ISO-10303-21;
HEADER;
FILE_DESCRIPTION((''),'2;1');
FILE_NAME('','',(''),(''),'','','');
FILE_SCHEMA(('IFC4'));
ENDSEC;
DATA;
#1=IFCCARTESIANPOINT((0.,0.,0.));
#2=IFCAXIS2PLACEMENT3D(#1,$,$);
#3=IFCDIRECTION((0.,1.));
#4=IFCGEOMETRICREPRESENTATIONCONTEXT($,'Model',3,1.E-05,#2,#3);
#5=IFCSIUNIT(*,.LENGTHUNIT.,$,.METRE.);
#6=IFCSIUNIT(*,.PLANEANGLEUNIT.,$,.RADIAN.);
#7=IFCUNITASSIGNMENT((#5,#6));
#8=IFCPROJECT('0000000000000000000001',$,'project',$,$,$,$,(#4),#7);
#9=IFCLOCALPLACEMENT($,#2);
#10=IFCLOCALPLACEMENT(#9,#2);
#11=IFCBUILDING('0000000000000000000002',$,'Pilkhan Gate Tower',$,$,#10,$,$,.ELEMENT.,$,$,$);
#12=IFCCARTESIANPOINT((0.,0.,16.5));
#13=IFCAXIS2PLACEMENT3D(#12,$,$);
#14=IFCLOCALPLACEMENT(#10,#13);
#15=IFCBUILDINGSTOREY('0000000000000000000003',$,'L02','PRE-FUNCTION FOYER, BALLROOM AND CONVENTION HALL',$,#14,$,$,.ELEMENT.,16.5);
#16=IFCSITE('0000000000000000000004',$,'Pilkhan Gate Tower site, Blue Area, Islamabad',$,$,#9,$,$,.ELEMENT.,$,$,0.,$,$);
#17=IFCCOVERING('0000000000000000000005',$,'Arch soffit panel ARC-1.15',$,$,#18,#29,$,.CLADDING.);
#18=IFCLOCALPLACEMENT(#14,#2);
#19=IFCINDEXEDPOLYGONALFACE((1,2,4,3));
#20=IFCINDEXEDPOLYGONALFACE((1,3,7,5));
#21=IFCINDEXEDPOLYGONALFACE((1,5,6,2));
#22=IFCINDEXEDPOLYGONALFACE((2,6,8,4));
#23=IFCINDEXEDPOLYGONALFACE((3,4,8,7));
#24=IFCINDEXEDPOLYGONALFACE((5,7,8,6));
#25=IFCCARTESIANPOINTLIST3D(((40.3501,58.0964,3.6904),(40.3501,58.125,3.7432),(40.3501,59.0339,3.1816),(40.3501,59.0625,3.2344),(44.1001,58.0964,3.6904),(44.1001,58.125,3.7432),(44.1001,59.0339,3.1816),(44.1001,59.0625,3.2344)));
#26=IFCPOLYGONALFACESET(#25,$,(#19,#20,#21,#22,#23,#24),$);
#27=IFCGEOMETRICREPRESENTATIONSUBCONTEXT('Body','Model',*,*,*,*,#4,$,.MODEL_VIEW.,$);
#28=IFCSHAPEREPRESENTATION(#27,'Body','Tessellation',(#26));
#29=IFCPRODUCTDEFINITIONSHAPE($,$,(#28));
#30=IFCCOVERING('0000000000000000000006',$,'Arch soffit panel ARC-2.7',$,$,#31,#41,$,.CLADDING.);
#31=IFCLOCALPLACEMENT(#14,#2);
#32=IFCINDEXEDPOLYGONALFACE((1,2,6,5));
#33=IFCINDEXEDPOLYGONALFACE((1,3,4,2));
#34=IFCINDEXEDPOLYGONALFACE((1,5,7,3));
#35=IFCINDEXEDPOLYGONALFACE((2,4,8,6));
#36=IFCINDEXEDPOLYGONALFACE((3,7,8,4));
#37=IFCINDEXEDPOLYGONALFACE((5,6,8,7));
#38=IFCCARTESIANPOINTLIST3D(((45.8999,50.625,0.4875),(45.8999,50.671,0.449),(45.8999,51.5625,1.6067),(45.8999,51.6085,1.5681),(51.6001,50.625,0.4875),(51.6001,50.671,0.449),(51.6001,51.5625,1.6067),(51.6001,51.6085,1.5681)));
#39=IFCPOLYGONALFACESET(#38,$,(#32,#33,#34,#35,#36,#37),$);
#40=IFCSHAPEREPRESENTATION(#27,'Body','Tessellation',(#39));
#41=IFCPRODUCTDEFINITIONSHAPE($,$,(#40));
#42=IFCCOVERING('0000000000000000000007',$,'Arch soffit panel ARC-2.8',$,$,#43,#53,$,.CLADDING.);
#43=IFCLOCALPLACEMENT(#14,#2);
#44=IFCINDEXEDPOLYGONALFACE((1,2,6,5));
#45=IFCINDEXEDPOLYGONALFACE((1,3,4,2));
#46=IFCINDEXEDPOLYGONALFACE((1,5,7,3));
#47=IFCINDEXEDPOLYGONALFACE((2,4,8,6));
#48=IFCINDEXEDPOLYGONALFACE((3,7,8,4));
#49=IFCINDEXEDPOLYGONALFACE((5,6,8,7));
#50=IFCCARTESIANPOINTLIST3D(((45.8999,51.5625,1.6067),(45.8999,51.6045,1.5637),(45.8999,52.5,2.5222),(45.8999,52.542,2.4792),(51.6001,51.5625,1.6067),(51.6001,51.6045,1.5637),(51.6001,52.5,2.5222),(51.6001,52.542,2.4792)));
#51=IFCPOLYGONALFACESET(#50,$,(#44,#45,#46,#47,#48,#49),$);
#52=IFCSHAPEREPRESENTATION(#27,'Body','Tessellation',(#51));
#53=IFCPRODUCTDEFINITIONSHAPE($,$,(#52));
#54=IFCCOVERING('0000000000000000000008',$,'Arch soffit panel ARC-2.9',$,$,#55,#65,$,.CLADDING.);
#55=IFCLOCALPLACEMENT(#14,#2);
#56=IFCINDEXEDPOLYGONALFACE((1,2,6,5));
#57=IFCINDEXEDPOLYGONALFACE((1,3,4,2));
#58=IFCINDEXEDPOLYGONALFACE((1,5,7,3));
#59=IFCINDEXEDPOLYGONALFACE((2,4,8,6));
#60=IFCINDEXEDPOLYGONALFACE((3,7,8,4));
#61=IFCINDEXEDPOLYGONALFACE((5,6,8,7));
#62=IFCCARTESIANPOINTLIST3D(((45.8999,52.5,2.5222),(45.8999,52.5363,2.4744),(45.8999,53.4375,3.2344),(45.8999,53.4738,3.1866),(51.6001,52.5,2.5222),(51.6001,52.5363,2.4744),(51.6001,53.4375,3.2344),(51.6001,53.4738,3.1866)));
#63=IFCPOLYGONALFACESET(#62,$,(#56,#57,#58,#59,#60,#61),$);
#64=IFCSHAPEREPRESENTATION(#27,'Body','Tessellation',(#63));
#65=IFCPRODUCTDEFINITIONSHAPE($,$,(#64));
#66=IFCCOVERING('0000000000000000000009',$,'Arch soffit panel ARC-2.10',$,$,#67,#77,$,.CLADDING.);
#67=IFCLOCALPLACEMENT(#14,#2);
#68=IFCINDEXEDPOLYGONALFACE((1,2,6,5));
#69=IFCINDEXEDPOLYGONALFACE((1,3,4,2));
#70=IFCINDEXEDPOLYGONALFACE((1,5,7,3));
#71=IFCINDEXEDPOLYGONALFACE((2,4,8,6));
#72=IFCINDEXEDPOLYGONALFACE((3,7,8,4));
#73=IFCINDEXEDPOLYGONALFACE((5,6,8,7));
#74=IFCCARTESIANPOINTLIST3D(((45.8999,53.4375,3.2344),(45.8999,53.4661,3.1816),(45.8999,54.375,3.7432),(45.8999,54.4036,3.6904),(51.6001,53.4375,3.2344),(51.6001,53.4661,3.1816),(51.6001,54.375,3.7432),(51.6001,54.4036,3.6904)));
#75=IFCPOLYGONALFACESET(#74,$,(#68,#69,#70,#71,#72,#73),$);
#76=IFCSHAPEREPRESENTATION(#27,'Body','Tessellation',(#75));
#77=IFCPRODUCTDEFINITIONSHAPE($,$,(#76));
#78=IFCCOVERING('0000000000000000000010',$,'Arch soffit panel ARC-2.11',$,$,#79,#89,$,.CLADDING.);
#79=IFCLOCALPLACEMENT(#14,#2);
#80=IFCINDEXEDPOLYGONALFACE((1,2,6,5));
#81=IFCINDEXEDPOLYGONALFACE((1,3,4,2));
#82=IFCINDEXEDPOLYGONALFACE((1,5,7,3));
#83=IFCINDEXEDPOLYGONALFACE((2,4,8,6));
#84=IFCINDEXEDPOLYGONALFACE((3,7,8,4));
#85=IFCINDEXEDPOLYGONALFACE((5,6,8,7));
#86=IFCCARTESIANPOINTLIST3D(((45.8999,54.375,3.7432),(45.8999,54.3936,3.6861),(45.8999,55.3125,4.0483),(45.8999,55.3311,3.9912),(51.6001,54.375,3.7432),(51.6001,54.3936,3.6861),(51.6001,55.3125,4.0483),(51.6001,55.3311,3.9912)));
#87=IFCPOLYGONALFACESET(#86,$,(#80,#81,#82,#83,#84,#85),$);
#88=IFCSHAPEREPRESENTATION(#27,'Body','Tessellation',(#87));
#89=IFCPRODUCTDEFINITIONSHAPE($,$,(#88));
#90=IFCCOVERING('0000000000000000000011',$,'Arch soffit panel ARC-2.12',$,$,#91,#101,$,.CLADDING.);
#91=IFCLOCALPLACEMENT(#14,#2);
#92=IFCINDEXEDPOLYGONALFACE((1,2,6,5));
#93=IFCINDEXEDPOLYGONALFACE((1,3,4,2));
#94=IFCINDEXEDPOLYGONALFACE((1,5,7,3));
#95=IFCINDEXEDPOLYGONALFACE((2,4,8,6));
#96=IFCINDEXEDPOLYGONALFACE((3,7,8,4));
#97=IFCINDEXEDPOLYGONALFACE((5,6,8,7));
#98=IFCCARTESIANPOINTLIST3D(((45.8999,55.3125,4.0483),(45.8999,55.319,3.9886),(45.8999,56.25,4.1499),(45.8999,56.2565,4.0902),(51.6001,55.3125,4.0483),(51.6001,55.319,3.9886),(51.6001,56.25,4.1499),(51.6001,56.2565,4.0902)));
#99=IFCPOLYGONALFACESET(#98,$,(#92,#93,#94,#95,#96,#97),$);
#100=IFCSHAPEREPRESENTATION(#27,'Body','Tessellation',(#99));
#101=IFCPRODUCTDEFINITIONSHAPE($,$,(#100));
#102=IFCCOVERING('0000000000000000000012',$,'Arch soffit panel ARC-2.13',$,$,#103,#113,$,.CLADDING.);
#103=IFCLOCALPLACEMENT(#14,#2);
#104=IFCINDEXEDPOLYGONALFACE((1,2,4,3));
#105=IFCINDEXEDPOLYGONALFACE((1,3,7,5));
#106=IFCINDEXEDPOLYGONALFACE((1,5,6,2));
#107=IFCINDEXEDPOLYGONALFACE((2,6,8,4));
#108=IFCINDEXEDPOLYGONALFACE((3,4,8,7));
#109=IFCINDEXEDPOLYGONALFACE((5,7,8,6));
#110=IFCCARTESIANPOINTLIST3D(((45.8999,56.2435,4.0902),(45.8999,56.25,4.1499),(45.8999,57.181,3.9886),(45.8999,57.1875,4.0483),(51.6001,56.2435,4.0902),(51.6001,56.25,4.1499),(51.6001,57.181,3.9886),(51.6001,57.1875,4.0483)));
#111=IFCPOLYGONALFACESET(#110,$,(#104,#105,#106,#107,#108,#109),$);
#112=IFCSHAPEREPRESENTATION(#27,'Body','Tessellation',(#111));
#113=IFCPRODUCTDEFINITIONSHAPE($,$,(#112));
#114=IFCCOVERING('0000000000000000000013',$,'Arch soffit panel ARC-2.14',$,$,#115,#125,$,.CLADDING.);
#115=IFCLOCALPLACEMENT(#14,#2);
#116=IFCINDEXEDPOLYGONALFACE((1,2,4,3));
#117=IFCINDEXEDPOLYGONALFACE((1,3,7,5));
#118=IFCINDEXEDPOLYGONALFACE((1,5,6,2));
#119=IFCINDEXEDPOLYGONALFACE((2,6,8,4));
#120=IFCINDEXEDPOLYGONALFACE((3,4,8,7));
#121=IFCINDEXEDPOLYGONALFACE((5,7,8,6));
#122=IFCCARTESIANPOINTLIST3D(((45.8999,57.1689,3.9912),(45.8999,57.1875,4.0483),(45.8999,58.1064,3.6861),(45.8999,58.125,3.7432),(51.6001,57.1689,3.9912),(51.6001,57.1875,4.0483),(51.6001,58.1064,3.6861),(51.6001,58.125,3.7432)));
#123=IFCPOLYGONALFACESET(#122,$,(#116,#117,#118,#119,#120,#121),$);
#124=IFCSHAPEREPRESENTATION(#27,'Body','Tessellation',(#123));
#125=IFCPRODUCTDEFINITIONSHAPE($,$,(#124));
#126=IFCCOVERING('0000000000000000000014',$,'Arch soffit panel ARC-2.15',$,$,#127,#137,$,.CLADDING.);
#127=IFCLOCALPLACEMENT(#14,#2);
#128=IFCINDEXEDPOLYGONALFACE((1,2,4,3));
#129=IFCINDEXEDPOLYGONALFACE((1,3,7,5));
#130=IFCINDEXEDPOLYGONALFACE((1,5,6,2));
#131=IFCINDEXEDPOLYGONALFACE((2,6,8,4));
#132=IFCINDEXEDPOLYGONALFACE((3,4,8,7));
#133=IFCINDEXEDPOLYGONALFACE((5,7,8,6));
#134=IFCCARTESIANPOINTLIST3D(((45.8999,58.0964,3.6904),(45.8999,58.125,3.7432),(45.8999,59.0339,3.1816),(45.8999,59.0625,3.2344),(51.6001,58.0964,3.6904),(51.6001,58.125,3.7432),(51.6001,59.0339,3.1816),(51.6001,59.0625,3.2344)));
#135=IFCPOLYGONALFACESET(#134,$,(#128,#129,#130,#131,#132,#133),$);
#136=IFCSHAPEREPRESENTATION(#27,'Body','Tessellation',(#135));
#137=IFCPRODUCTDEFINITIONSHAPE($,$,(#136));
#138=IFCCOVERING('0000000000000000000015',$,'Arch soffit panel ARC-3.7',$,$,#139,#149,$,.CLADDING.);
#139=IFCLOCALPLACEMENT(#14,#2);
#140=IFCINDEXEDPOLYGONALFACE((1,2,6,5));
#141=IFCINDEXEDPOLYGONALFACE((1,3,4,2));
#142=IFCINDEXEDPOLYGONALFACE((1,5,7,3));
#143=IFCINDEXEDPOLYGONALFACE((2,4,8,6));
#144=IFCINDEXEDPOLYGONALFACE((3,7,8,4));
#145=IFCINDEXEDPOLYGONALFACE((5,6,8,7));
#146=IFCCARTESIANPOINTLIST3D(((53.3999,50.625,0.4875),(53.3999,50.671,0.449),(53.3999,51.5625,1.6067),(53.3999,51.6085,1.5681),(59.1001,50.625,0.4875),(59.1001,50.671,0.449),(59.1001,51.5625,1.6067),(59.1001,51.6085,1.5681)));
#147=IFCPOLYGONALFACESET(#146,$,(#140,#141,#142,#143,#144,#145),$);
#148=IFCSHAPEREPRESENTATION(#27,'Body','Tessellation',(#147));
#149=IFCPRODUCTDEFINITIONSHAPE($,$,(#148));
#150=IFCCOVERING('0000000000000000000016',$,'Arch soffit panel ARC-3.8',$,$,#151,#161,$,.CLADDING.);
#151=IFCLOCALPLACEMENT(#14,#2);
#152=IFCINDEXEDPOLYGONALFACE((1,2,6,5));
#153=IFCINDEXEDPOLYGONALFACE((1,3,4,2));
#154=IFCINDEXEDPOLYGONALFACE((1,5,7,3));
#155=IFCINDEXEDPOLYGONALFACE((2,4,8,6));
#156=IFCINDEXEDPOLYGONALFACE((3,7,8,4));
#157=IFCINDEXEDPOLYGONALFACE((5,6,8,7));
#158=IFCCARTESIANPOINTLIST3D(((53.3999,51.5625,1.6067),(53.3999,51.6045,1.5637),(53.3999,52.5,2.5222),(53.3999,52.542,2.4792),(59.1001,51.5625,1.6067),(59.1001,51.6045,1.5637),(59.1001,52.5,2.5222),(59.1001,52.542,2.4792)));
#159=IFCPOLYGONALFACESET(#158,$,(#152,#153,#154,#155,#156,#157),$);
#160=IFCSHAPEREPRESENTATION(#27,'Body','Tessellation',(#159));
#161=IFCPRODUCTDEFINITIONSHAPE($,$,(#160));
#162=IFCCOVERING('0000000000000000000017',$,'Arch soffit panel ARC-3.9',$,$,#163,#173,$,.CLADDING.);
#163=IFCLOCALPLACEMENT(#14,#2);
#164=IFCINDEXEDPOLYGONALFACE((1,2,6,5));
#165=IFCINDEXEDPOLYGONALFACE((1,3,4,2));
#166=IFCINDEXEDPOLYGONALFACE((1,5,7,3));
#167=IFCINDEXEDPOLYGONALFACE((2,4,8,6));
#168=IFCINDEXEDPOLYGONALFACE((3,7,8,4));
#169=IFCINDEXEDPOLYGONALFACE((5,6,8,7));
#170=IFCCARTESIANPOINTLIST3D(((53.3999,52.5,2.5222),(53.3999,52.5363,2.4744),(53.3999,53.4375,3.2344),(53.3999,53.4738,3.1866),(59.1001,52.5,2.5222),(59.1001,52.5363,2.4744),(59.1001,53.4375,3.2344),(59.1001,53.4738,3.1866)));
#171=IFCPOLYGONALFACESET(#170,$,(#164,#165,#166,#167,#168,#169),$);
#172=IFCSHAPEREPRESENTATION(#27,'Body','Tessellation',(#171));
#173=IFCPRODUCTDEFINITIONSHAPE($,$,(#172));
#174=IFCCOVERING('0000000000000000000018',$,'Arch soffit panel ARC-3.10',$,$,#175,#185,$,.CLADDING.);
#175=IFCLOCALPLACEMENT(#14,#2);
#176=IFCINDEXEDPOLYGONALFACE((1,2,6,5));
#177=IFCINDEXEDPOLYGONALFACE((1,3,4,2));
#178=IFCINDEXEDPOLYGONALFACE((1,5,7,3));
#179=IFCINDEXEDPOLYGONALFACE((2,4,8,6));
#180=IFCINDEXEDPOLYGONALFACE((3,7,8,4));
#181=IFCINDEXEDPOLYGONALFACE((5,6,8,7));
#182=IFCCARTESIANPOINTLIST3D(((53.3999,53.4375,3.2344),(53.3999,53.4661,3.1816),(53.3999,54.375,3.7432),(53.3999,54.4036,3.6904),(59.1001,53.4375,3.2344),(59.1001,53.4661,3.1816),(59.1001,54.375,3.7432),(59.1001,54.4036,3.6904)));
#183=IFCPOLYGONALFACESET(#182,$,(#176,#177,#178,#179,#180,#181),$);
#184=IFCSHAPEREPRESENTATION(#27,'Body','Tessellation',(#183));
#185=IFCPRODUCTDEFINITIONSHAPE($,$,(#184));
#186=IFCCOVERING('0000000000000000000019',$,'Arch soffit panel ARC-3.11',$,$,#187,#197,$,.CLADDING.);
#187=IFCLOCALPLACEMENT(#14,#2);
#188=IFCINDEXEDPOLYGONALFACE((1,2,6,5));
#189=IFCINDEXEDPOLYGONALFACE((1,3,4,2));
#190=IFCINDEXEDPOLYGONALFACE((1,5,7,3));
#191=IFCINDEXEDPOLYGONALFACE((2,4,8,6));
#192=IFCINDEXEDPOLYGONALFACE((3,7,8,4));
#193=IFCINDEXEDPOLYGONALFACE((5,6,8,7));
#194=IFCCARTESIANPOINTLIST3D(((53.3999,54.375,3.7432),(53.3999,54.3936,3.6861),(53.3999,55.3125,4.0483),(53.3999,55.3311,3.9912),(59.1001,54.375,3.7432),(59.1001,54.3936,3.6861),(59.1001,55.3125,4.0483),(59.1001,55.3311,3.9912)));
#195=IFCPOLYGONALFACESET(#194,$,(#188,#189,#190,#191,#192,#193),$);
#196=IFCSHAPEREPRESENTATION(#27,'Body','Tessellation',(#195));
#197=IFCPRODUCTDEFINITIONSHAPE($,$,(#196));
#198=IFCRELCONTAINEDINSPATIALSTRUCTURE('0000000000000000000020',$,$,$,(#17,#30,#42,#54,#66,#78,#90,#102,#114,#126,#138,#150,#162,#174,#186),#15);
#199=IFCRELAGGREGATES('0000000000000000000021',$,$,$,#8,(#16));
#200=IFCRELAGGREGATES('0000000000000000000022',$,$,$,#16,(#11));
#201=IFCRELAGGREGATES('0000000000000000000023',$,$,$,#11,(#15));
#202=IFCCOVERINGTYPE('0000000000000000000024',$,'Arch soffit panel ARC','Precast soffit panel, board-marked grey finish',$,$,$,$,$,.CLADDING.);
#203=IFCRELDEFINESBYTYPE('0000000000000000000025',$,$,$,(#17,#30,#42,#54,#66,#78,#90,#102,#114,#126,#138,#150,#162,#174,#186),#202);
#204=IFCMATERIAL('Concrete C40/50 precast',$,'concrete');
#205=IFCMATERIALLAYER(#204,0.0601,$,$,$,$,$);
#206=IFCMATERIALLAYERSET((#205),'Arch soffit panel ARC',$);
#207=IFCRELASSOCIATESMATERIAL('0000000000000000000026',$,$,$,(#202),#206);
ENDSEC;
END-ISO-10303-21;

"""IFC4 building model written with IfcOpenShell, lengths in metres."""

from ifc_helpers import new_model, si_unit, direction, frame, origin, place, context, subcontext, project, spatial, polyline, outline, extrude, material, layer, layer_set, type_object, element, save


model = new_model("IFC4")

# Units and contexts
model_context = context("Model", 3, precision=1e-05, world=origin(), true_north=direction((0.0, 1.0)))
body_context = subcontext(model_context, "Body", "Model", "MODEL_VIEW")
ifc_project = project(units=[si_unit("LENGTHUNIT", "METRE"), si_unit("PLANEANGLEUNIT", "RADIAN")], contexts=[model_context])

# Site, building, storey
site_placement = place(None, origin())
site = spatial("IfcSite", under=ifc_project, at=site_placement, Name="Pilkhan Gate Tower site, Blue Area, Islamabad", CompositionType="ELEMENT", RefElevation=0.0)
building_placement = place(site_placement, origin())
building = spatial("IfcBuilding", under=site, at=building_placement, Name="Pilkhan Gate Tower", CompositionType="ELEMENT")
storey_placement = place(building_placement, frame((0.0, 0.0, 16.5)))
storey = spatial("IfcBuildingStorey", under=building, at=storey_placement, Name="L02", Description="PRE-FUNCTION FOYER, BALLROOM AND CONVENTION HALL", CompositionType="ELEMENT", Elevation=16.5)

# Coverings
ifc_material = material(Name="Concrete C40/50 precast", Category="concrete")
ifc_layer = layer(ifc_material, 0.0601)
ifc_layer_set = layer_set([ifc_layer], Name="Arch soffit panel ARC")
covering_type = type_object("IfcCoveringType", Name="Arch soffit panel ARC", Description="Precast soffit panel, board-marked grey finish", PredefinedType="CLADDING", material=ifc_layer_set)
covering_1_placement = place(storey_placement, frame((40.3501, 58.125, 3.7432), z_axis=(0.0, 0.476991, 0.878908), x_axis=(1.0, 0.0, 0.0)))
element("IfcCovering", 1, at=covering_1_placement, inside=storey, type_object=covering_type, Name="Arch soffit panel ARC-1.15", PredefinedType="CLADDING", context=body_context, shape_type="SweptSolid", body=[
    extrude(outline(polyline([(0.0, 0.0), (3.75, 0.0), (3.75, 1.0667), (0.0, 1.0667), (0.0, 0.0)])), origin(), (0.0, 0.0, -1.0), 0.0601),
])
covering_2_placement = place(storey_placement, frame((45.8999, 50.625, 0.4875), z_axis=(0.0, -0.766574, 0.642156), x_axis=(1.0, 0.0, 0.0)))
element("IfcCovering", 2, at=covering_2_placement, inside=storey, type_object=covering_type, Name="Arch soffit panel ARC-2.7", PredefinedType="CLADDING", context=body_context, shape_type="SweptSolid", body=[
    extrude(outline(polyline([(0.0, 0.0), (5.7002, 0.0), (5.7002, 1.4599), (0.0, 1.4599), (0.0, 0.0)])), origin(), (0.0, 0.0, -1.0), 0.0601),
])
covering_3_placement = place(storey_placement, frame((45.8999, 51.5625, 1.6067), z_axis=(0.0, -0.698673, 0.715441), x_axis=(1.0, 0.0, 0.0)))
element("IfcCovering", 3, at=covering_3_placement, inside=storey, type_object=covering_type, Name="Arch soffit panel ARC-2.8", PredefinedType="CLADDING", context=body_context, shape_type="SweptSolid", body=[
    extrude(outline(polyline([(0.0, 0.0), (5.7002, 0.0), (5.7002, 1.3104), (0.0, 1.3104), (0.0, 0.0)])), origin(), (0.0, 0.0, -1.0), 0.0601),
])
covering_4_placement = place(storey_placement, frame((45.8999, 52.5, 2.5222), z_axis=(0.0, -0.604899, 0.796302), x_axis=(1.0, 0.0, 0.0)))
element("IfcCovering", 4, at=covering_4_placement, inside=storey, type_object=covering_type, Name="Arch soffit panel ARC-2.9", PredefinedType="CLADDING", context=body_context, shape_type="SweptSolid", body=[
    extrude(outline(polyline([(0.0, 0.0), (5.7002, 0.0), (5.7002, 1.1773), (0.0, 1.1773), (0.0, 0.0)])), origin(), (0.0, 0.0, -1.0), 0.0601),
])
covering_5_placement = place(storey_placement, frame((45.8999, 53.4375, 3.2344), z_axis=(0.0, -0.476991, 0.878908), x_axis=(1.0, 0.0, 0.0)))
element("IfcCovering", 5, at=covering_5_placement, inside=storey, type_object=covering_type, Name="Arch soffit panel ARC-2.10", PredefinedType="CLADDING", context=body_context, shape_type="SweptSolid", body=[
    extrude(outline(polyline([(0.0, 0.0), (5.7002, 0.0), (5.7002, 1.0667), (0.0, 1.0667), (0.0, 0.0)])), origin(), (0.0, 0.0, -1.0), 0.0601),
])
covering_6_placement = place(storey_placement, frame((45.8999, 54.375, 3.7432), z_axis=(0.0, -0.309534, 0.950888), x_axis=(1.0, 0.0, 0.0)))
element("IfcCovering", 6, at=covering_6_placement, inside=storey, type_object=covering_type, Name="Arch soffit panel ARC-2.11", PredefinedType="CLADDING", context=body_context, shape_type="SweptSolid", body=[
    extrude(outline(polyline([(0.0, 0.0), (5.7002, 0.0), (5.7002, 0.9859), (0.0, 0.9859), (0.0, 0.0)])), origin(), (0.0, 0.0, -1.0), 0.0601),
])
for number, where, z_axis, x_axis, name in (
    (7, (45.8999, 55.3125, 4.0483), (0.0, -0.107703, 0.994183), (1.0, 0.0, 0.0), "Arch soffit panel ARC-2.12"),
    (8, (45.8999, 56.25, 4.1499), (0.0, 0.107703, 0.994183), (1.0, 0.0, 0.0), "Arch soffit panel ARC-2.13"),
):
    element("IfcCovering", number, at=place(storey_placement, frame(where, z_axis=z_axis, x_axis=x_axis)), inside=storey, type_object=covering_type, Name=name, PredefinedType="CLADDING", context=body_context, shape_type="SweptSolid", body=[
        extrude(outline(polyline([(0.0, 0.0), (5.7002, 0.0), (5.7002, 0.943), (0.0, 0.943), (0.0, 0.0)])), origin(), (0.0, 0.0, -1.0), 0.0601),
    ])
covering_7_placement = place(storey_placement, frame((45.8999, 57.1875, 4.0483), z_axis=(0.0, 0.309534, 0.950888), x_axis=(1.0, 0.0, 0.0)))
element("IfcCovering", 9, at=covering_7_placement, inside=storey, type_object=covering_type, Name="Arch soffit panel ARC-2.14", PredefinedType="CLADDING", context=body_context, shape_type="SweptSolid", body=[
    extrude(outline(polyline([(0.0, 0.0), (5.7002, 0.0), (5.7002, 0.9859), (0.0, 0.9859), (0.0, 0.0)])), origin(), (0.0, 0.0, -1.0), 0.0601),
])
covering_8_placement = place(storey_placement, frame((45.8999, 58.125, 3.7432), z_axis=(0.0, 0.476991, 0.878908), x_axis=(1.0, 0.0, 0.0)))
element("IfcCovering", 10, at=covering_8_placement, inside=storey, type_object=covering_type, Name="Arch soffit panel ARC-2.15", PredefinedType="CLADDING", context=body_context, shape_type="SweptSolid", body=[
    extrude(outline(polyline([(0.0, 0.0), (5.7002, 0.0), (5.7002, 1.0667), (0.0, 1.0667), (0.0, 0.0)])), origin(), (0.0, 0.0, -1.0), 0.0601),
])
covering_9_placement = place(storey_placement, frame((53.3999, 50.625, 0.4875), z_axis=(0.0, -0.766574, 0.642156), x_axis=(1.0, 0.0, 0.0)))
element("IfcCovering", 11, at=covering_9_placement, inside=storey, type_object=covering_type, Name="Arch soffit panel ARC-3.7", PredefinedType="CLADDING", context=body_context, shape_type="SweptSolid", body=[
    extrude(outline(polyline([(0.0, 0.0), (5.7002, 0.0), (5.7002, 1.4599), (0.0, 1.4599), (0.0, 0.0)])), origin(), (0.0, 0.0, -1.0), 0.0601),
])
covering_10_placement = place(storey_placement, frame((53.3999, 51.5625, 1.6067), z_axis=(0.0, -0.698673, 0.715441), x_axis=(1.0, 0.0, 0.0)))
element("IfcCovering", 12, at=covering_10_placement, inside=storey, type_object=covering_type, Name="Arch soffit panel ARC-3.8", PredefinedType="CLADDING", context=body_context, shape_type="SweptSolid", body=[
    extrude(outline(polyline([(0.0, 0.0), (5.7002, 0.0), (5.7002, 1.3104), (0.0, 1.3104), (0.0, 0.0)])), origin(), (0.0, 0.0, -1.0), 0.0601),
])
covering_11_placement = place(storey_placement, frame((53.3999, 52.5, 2.5222), z_axis=(0.0, -0.604899, 0.796302), x_axis=(1.0, 0.0, 0.0)))
element("IfcCovering", 13, at=covering_11_placement, inside=storey, type_object=covering_type, Name="Arch soffit panel ARC-3.9", PredefinedType="CLADDING", context=body_context, shape_type="SweptSolid", body=[
    extrude(outline(polyline([(0.0, 0.0), (5.7002, 0.0), (5.7002, 1.1773), (0.0, 1.1773), (0.0, 0.0)])), origin(), (0.0, 0.0, -1.0), 0.0601),
])
covering_12_placement = place(storey_placement, frame((53.3999, 53.4375, 3.2344), z_axis=(0.0, -0.476991, 0.878908), x_axis=(1.0, 0.0, 0.0)))
element("IfcCovering", 14, at=covering_12_placement, inside=storey, type_object=covering_type, Name="Arch soffit panel ARC-3.10", PredefinedType="CLADDING", context=body_context, shape_type="SweptSolid", body=[
    extrude(outline(polyline([(0.0, 0.0), (5.7002, 0.0), (5.7002, 1.0667), (0.0, 1.0667), (0.0, 0.0)])), origin(), (0.0, 0.0, -1.0), 0.0601),
])
covering_13_placement = place(storey_placement, frame((53.3999, 54.375, 3.7432), z_axis=(0.0, -0.309534, 0.950888), x_axis=(1.0, 0.0, 0.0)))
element("IfcCovering", 15, at=covering_13_placement, inside=storey, type_object=covering_type, Name="Arch soffit panel ARC-3.11", PredefinedType="CLADDING", context=body_context, shape_type="SweptSolid", body=[
    extrude(outline(polyline([(0.0, 0.0), (5.7002, 0.0), (5.7002, 0.9859), (0.0, 0.9859), (0.0, 0.0)])), origin(), (0.0, 0.0, -1.0), 0.0601),
])

save(model, "model.ifc")
